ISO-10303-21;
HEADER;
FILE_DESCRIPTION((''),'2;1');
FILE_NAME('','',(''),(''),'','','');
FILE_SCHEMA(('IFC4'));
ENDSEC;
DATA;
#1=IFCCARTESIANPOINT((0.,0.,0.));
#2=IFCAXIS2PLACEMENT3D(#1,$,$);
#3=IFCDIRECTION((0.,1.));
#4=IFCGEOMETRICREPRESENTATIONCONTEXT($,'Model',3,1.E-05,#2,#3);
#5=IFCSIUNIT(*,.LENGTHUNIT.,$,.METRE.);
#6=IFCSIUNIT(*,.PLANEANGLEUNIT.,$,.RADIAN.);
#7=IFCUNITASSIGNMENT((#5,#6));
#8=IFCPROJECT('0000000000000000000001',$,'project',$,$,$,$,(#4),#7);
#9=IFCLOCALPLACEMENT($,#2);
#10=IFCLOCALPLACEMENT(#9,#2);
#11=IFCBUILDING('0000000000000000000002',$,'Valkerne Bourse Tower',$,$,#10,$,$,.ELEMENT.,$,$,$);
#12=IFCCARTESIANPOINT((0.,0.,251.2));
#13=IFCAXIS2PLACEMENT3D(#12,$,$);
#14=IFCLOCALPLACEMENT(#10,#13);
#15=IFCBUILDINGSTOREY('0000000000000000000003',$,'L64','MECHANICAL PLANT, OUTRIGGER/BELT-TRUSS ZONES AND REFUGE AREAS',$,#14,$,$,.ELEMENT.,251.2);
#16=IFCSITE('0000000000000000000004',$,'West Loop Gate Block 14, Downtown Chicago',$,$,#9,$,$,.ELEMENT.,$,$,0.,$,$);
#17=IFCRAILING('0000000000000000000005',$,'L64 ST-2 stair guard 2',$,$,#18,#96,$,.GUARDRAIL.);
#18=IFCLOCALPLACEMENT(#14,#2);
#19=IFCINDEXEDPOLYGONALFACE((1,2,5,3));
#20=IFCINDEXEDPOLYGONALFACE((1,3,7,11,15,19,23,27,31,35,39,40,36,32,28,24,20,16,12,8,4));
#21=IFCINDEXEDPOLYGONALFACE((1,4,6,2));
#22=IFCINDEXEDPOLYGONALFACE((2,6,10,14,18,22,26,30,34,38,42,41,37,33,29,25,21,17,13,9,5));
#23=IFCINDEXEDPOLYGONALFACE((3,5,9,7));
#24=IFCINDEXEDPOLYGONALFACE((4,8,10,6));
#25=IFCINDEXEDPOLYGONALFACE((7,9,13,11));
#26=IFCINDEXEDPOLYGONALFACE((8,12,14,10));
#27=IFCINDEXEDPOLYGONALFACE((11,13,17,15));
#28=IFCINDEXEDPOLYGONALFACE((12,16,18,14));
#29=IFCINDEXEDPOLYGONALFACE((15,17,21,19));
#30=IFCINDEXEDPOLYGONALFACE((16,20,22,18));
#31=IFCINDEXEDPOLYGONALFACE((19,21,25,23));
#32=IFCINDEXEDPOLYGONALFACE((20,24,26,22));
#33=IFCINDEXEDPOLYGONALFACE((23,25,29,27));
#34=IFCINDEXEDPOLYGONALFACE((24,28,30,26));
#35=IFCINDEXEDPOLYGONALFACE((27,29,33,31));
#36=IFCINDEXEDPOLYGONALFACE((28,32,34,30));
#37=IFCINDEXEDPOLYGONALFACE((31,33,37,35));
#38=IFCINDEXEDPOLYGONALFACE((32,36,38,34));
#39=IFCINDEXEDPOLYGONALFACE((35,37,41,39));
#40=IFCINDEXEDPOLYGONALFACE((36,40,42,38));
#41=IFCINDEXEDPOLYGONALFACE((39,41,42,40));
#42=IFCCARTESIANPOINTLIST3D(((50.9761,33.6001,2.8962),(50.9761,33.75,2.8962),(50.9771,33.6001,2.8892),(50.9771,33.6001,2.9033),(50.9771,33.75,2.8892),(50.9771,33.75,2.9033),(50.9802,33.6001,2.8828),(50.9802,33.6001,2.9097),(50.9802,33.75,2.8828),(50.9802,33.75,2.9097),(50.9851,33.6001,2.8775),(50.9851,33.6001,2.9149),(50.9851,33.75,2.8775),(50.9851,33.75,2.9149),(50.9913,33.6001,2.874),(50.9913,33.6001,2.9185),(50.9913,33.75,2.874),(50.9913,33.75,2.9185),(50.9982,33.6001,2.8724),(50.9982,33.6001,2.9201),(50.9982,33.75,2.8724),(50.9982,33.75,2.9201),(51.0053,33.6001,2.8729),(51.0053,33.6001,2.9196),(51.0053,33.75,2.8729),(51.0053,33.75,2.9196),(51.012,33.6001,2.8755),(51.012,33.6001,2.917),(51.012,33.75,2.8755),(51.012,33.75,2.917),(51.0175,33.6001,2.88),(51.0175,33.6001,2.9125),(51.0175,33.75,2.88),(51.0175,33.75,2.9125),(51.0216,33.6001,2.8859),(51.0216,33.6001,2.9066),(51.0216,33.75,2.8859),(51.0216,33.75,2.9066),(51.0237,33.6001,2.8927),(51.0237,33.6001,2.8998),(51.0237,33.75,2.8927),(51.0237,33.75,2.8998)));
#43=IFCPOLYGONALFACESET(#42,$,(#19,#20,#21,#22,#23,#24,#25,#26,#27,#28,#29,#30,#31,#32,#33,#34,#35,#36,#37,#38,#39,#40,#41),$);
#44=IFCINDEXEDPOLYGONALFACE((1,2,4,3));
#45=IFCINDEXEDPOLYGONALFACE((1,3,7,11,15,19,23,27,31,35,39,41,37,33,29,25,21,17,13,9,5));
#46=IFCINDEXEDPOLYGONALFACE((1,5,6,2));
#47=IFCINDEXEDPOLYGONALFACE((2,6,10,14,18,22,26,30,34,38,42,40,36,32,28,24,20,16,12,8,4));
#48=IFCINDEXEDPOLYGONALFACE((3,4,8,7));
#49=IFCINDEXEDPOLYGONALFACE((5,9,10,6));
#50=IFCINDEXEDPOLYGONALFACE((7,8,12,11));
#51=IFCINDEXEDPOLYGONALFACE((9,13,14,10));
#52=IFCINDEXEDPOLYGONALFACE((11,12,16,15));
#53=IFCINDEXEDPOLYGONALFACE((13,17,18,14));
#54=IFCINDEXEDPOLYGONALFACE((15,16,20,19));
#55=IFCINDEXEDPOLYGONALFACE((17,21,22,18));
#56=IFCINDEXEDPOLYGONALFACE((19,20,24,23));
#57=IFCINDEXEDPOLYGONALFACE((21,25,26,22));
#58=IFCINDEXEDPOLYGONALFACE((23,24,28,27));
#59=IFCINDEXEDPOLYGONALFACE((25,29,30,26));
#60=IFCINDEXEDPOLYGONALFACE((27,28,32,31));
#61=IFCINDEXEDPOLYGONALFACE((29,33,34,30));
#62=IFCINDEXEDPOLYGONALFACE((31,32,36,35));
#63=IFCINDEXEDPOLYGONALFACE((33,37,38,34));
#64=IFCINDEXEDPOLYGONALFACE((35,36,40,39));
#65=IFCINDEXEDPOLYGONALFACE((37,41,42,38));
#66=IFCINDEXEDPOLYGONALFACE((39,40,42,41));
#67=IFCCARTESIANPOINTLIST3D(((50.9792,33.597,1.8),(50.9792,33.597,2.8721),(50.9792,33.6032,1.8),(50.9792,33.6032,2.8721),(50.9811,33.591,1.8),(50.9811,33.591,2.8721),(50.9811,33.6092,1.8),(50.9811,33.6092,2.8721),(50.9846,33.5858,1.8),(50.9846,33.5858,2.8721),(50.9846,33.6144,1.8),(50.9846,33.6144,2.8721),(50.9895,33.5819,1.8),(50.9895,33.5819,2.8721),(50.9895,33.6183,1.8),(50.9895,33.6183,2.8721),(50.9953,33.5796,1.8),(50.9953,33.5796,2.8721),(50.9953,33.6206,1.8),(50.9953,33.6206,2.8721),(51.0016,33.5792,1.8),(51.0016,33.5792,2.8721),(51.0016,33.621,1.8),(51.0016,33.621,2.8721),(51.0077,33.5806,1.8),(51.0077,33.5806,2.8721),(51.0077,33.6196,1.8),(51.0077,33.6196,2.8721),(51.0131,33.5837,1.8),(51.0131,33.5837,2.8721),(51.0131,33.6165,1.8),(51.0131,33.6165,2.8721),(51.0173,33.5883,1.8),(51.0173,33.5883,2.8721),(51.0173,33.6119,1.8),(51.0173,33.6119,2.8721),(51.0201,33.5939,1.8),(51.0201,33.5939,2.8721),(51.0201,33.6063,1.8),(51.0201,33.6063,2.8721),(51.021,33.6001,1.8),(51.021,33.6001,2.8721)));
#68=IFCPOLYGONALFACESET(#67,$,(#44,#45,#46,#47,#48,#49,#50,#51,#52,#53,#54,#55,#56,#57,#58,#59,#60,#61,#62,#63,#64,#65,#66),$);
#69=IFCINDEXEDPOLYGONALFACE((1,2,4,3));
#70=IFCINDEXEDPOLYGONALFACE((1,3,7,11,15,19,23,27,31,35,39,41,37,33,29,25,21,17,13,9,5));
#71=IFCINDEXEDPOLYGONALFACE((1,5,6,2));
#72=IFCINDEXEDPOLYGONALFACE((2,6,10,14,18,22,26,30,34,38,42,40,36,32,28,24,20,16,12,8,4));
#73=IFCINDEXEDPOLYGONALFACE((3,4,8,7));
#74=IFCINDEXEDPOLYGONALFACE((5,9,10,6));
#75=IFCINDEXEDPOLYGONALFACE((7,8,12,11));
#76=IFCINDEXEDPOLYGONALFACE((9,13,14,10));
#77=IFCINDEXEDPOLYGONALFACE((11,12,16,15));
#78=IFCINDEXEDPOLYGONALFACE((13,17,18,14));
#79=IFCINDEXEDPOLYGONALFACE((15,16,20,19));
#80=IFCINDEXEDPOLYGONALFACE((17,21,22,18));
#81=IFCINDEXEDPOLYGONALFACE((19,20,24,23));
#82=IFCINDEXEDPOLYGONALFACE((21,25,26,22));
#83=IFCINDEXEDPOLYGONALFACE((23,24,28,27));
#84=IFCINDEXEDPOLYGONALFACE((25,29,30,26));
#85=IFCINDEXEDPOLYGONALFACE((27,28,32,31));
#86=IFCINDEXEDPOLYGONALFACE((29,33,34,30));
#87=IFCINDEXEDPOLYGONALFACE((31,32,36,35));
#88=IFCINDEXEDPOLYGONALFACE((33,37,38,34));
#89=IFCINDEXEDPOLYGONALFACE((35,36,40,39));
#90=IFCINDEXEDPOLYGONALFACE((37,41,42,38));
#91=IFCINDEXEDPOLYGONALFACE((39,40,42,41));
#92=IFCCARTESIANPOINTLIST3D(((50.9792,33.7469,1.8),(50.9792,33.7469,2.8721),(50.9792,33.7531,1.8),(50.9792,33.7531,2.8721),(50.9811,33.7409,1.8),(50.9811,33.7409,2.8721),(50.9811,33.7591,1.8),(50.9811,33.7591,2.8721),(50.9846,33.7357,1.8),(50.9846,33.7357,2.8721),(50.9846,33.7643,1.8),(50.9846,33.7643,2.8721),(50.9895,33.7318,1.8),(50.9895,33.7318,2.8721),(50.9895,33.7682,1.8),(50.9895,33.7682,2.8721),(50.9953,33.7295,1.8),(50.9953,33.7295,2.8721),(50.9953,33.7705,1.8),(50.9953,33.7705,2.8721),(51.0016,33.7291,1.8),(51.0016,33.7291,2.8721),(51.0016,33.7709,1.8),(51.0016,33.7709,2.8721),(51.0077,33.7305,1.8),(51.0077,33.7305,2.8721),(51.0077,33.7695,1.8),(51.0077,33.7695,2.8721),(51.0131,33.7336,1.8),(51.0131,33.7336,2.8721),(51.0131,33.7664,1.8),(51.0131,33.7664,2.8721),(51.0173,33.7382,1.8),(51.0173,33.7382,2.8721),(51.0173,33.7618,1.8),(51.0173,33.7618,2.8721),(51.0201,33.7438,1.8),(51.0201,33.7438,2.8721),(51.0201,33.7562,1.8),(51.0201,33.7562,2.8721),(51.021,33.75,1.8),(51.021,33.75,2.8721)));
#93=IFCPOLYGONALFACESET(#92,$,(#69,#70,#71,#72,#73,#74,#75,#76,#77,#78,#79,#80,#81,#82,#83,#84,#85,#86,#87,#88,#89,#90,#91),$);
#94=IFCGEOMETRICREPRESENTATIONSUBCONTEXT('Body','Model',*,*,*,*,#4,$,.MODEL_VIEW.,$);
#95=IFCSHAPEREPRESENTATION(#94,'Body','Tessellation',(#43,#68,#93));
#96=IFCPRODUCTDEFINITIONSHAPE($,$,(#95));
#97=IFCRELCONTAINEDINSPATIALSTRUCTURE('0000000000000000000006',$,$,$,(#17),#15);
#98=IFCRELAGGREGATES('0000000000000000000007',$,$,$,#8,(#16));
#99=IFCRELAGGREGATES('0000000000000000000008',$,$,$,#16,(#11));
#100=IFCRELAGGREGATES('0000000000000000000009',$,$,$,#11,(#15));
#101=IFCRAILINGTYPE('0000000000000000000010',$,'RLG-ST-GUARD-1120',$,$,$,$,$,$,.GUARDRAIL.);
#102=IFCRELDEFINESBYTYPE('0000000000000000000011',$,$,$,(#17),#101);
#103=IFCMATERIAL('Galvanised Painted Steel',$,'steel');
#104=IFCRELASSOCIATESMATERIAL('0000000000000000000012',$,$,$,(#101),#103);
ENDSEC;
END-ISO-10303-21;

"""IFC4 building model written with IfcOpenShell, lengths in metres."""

from ifc_helpers import new_model, si_unit, direction, frame, origin, origin_2d, place, context, subcontext, project, spatial, circle, extrude, material, type_object, element, save


model = new_model("IFC4")

# Units and contexts
model_context = context("Model", 3, precision=1e-05, world=origin(), true_north=direction((0.0, 1.0)))
body_context = subcontext(model_context, "Body", "Model", "MODEL_VIEW")
ifc_project = project(units=[si_unit("LENGTHUNIT", "METRE"), si_unit("PLANEANGLEUNIT", "RADIAN")], contexts=[model_context])

# Site, building, storey
site_placement = place(None, origin())
site = spatial("IfcSite", under=ifc_project, at=site_placement, Name="West Loop Gate Block 14, Downtown Chicago", CompositionType="ELEMENT", RefElevation=0.0)
building_placement = place(site_placement, origin())
building = spatial("IfcBuilding", under=site, at=building_placement, Name="Valkerne Bourse Tower", CompositionType="ELEMENT")
storey_placement = place(building_placement, frame((0.0, 0.0, 251.2)))
storey = spatial("IfcBuildingStorey", under=building, at=storey_placement, Name="L64", Description="MECHANICAL PLANT, OUTRIGGER/BELT-TRUSS ZONES AND REFUGE AREAS", CompositionType="ELEMENT", Elevation=251.2)

# Shared definitions
ifc_material_1 = material(Name="Galvanised Painted Steel", Category="steel")

# Railing
railing_type_1 = type_object("IfcRailingType", Name="RLG-ST-GUARD-1120", PredefinedType="GUARDRAIL", material=ifc_material_1)
railing_1_placement = place(storey_placement, frame((51.0, 33.6001, 1.8)))
element("IfcRailing", 1, at=railing_1_placement, inside=storey, type_object=railing_type_1, Name="L64 ST-2 stair guard 2", PredefinedType="GUARDRAIL", context=body_context, shape_type="SweptSolid", body=[
    extrude(circle(Radius=0.0239, at=origin_2d()), frame((0.0, 0.0, 1.0962), z_axis=(0.0, 1.0, 0.0), x_axis=(-1.0, 0.0, 0.0)), (0.0, 0.0, 1.0), 0.1499),
    extrude(circle(Radius=0.021, at=origin_2d()), origin(), (0.0, 0.0, 1.0), 1.072),
    extrude(circle(Radius=0.021, at=origin_2d()), frame((0.0, 0.1499, 0.0)), (0.0, 0.0, 1.0), 1.072),
])

save(model, "model.ifc")
